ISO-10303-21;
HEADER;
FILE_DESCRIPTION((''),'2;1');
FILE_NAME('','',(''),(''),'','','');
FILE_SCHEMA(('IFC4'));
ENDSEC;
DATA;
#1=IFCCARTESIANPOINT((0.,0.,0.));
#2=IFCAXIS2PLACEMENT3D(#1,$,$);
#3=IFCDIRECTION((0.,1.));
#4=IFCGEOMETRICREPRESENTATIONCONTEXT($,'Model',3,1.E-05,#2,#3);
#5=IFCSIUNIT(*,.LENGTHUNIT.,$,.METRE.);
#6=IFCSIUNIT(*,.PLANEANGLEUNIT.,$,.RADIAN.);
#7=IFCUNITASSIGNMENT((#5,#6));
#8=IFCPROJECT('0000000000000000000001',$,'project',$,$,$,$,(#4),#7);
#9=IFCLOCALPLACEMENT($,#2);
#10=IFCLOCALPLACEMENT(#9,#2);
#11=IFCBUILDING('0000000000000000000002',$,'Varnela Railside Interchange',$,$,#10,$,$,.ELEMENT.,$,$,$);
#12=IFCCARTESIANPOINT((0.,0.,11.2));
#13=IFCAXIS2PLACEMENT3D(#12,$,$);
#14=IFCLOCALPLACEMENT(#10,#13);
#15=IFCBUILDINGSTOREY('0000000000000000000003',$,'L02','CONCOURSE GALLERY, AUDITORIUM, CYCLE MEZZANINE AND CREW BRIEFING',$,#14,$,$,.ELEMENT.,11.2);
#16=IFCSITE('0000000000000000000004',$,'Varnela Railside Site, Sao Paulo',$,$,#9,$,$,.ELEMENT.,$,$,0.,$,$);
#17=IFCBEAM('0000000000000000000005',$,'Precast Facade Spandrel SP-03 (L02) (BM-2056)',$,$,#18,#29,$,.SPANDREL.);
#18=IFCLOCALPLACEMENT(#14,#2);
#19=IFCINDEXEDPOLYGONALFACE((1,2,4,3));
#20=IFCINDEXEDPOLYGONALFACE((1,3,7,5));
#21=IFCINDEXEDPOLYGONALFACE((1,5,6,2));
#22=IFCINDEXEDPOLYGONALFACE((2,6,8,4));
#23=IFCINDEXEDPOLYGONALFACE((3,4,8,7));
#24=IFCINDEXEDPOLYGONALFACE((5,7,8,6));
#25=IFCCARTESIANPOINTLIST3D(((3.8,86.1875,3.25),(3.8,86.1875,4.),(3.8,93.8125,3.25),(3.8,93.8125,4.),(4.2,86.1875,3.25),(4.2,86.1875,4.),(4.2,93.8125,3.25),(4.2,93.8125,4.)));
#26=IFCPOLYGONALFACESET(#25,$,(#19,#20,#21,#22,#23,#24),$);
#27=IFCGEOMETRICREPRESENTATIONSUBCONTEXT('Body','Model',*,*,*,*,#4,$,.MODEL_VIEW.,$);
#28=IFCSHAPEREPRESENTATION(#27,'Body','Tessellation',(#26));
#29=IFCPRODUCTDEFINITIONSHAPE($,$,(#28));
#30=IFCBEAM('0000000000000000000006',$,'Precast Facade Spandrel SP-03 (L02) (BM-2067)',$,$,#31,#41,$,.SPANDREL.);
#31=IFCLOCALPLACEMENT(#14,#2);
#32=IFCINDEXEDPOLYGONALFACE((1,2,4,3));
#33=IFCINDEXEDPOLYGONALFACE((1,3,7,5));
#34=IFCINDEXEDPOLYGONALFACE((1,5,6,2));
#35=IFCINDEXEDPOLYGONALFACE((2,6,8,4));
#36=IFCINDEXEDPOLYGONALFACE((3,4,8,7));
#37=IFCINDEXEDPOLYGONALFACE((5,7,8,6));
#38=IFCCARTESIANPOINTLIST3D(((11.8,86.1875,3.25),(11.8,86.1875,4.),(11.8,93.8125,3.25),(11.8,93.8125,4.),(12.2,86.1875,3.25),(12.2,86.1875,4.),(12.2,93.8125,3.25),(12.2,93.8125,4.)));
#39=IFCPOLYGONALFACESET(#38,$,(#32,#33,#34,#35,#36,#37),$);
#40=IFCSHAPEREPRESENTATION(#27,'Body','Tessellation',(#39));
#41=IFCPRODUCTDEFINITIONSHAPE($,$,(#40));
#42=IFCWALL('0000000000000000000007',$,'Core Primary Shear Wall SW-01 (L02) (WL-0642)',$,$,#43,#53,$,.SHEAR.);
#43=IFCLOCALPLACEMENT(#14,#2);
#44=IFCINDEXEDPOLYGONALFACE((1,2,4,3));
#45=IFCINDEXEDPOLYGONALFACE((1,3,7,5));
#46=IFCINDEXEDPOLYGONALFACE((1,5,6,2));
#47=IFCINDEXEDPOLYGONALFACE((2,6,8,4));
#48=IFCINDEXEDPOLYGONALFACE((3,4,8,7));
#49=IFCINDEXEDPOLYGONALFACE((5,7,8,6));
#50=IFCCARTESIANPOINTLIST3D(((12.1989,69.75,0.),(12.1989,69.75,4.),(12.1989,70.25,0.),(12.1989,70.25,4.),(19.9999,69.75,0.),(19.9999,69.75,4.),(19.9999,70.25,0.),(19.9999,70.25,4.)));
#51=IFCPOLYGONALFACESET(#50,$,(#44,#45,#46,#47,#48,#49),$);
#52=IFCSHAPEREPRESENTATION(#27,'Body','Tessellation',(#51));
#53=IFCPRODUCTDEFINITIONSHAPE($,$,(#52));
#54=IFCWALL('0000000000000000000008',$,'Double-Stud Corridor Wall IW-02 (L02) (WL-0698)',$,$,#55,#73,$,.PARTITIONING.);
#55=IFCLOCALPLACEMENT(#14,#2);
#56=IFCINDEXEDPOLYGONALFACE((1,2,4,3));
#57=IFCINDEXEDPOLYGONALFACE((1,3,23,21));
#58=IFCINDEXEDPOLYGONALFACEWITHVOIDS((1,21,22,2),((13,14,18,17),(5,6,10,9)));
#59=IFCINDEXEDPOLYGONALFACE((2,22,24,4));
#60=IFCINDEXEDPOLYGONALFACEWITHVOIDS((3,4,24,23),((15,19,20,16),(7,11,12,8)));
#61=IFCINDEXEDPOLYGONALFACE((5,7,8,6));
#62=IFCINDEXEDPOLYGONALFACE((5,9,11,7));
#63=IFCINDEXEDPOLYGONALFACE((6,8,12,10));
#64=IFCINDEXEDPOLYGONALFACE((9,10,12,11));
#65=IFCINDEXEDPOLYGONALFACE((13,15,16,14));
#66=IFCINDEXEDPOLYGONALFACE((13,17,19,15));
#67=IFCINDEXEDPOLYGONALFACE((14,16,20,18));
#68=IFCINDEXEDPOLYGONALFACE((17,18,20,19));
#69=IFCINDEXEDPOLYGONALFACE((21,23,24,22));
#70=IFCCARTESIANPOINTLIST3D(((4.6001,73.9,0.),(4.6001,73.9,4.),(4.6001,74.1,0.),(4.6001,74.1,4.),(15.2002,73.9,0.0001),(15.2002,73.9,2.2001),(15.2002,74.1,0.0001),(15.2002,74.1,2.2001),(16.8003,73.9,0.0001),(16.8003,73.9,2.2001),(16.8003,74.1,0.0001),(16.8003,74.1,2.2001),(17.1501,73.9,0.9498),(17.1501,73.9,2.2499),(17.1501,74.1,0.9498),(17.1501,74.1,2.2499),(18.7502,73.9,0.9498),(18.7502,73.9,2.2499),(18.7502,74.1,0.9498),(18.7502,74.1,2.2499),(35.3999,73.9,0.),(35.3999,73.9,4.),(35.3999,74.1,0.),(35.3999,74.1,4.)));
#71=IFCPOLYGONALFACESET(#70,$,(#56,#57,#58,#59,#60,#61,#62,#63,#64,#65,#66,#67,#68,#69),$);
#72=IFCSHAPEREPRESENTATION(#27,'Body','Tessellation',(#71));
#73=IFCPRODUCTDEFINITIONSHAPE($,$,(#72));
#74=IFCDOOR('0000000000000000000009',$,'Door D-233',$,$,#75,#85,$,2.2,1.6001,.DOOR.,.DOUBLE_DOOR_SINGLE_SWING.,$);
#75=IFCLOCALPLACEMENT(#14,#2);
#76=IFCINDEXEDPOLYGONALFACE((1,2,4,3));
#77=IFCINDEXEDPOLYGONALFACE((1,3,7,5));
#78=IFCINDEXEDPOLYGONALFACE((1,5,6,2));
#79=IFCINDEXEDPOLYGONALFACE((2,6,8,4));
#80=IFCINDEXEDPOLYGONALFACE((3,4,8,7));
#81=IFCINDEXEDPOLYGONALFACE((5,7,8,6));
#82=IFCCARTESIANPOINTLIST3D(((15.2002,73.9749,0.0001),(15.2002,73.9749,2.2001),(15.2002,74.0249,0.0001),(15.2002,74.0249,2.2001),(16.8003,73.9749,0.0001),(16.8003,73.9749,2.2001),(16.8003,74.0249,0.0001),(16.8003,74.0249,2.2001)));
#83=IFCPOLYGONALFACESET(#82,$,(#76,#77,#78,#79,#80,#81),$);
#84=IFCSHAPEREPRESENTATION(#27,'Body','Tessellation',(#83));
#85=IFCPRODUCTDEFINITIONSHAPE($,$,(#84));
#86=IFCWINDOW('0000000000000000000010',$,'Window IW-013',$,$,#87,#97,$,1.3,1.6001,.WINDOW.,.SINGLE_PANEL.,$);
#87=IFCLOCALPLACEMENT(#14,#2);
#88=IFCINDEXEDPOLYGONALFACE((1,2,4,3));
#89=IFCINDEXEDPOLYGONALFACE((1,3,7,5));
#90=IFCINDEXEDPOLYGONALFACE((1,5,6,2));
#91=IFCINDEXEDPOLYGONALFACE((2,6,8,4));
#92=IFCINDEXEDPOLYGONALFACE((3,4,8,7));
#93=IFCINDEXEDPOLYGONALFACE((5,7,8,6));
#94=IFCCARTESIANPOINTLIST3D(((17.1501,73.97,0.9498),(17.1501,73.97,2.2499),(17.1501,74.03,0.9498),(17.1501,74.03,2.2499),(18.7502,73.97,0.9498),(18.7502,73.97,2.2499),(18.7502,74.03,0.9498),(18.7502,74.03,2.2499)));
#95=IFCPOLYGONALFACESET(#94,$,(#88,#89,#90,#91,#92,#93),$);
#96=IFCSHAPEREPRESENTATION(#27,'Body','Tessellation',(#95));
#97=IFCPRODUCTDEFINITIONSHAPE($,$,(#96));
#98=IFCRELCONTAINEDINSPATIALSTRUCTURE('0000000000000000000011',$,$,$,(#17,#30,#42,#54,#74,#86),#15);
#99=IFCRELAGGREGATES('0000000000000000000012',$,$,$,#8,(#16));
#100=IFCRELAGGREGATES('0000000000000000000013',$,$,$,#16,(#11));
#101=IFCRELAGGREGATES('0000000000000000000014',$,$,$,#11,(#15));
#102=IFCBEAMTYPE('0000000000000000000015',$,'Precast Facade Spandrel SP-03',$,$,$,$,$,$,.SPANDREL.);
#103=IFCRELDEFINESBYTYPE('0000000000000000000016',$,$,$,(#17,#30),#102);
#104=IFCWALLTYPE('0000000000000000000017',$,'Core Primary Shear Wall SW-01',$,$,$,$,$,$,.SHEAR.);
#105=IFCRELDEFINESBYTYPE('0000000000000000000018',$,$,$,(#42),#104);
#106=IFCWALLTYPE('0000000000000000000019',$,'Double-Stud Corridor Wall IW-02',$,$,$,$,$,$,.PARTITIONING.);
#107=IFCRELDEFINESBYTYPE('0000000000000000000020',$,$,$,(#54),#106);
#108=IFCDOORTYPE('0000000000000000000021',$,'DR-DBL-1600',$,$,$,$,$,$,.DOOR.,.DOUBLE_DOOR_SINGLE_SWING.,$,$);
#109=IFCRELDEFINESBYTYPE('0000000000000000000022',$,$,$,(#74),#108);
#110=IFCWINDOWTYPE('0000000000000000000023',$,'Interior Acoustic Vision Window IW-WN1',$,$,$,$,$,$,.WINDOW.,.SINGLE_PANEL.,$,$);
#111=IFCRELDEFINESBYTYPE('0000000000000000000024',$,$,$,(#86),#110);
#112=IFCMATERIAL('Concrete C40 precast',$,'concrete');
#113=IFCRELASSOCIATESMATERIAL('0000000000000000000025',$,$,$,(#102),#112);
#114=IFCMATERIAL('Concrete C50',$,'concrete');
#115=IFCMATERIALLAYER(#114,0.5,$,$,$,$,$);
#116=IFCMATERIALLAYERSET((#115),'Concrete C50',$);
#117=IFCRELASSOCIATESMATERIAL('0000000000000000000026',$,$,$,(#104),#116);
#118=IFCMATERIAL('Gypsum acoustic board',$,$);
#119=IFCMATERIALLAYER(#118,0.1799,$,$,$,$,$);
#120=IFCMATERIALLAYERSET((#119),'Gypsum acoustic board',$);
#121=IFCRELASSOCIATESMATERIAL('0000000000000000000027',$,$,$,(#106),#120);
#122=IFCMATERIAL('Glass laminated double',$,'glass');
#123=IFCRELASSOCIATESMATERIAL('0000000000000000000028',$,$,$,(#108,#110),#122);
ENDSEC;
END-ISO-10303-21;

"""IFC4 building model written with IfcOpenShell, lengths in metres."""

from ifc_helpers import new_model, si_unit, direction, frame, frame_2d, origin, origin_2d, place, context, subcontext, project, spatial, rectangle, extrude, material, layer, layer_set, material_profile, profile_set, type_object, element, fill, save


model = new_model("IFC4")

# Units and contexts
model_context = context("Model", 3, precision=1e-05, world=origin(), true_north=direction((0.0, 1.0)))
body_context = subcontext(model_context, "Body", "Model", "MODEL_VIEW")
ifc_project = project(units=[si_unit("LENGTHUNIT", "METRE"), si_unit("PLANEANGLEUNIT", "RADIAN")], contexts=[model_context])

# Site, building, storey
site_placement = place(None, origin())
site = spatial("IfcSite", under=ifc_project, at=site_placement, Name="Varnela Railside Site, Sao Paulo", CompositionType="ELEMENT", RefElevation=0.0)
building_placement = place(site_placement, origin())
building = spatial("IfcBuilding", under=site, at=building_placement, Name="Varnela Railside Interchange", CompositionType="ELEMENT")
storey_placement = place(building_placement, frame((0.0, 0.0, 11.2)))
storey = spatial("IfcBuildingStorey", under=building, at=storey_placement, Name="L02", Description="CONCOURSE GALLERY, AUDITORIUM, CYCLE MEZZANINE AND CREW BRIEFING", CompositionType="ELEMENT", Elevation=11.2)

# Beams
ifc_material_1 = material(Name="Concrete C40 precast", Category="concrete")
ifc_material_profile_1 = material_profile(ifc_material_1, rectangle(XDim=0.3999, YDim=0.75, at=origin_2d()), Name="PC 400x750")
ifc_profile_set_1 = profile_set([ifc_material_profile_1], Name="Concrete C40 precast")
beam_type_1 = type_object("IfcBeamType", Name="Precast Facade Spandrel SP-03", PredefinedType="SPANDREL", material=ifc_profile_set_1)
for number, where, z_axis, x_axis, name in (
    (1, (4.0, 86.1875, 3.625), (0.0, 1.0, 0.0), (-1.0, 0.0, 0.0), "Precast Facade Spandrel SP-03 (L02) (BM-2056)"),
    (2, (12.0, 86.1875, 3.625), (0.0, 1.0, 0.0), (-1.0, 0.0, 0.0), "Precast Facade Spandrel SP-03 (L02) (BM-2067)"),
):
    element("IfcBeam", number, at=place(storey_placement, frame(where, z_axis=z_axis, x_axis=x_axis)), inside=storey, type_object=beam_type_1, Name=name, PredefinedType="SPANDREL", context=body_context, shape_type="SweptSolid", body=[
        extrude(rectangle(XDim=0.3999, YDim=0.75, at=origin_2d()), origin(), (0.0, 0.0, 1.0), 7.625),
    ])

# Wall
ifc_material_2 = material(Name="Concrete C50", Category="concrete")
ifc_layer_1 = layer(ifc_material_2, 0.5)
ifc_layer_set_1 = layer_set([ifc_layer_1], Name="Concrete C50")
wall_type_1 = type_object("IfcWallType", Name="Core Primary Shear Wall SW-01", PredefinedType="SHEAR", material=ifc_layer_set_1)
wall_1_placement = place(storey_placement, frame((12.199, 70.0, 0.0), z_axis=(0.0, 0.0, 1.0), x_axis=(1.0, 0.0, 0.0)))
element("IfcWall", 3, at=wall_1_placement, inside=storey, type_object=wall_type_1, Name="Core Primary Shear Wall SW-01 (L02) (WL-0642)", PredefinedType="SHEAR", context=body_context, shape_type="SweptSolid", body=[
    extrude(rectangle(XDim=7.801, YDim=0.5, at=frame_2d((3.9004, 0.0))), origin(), (0.0, 0.0, 1.0), 4.0),
])

# Wall, openings, door, window
ifc_material_3 = material(Name="Gypsum acoustic board")
ifc_layer_2 = layer(ifc_material_3, 0.1799)
ifc_layer_set_2 = layer_set([ifc_layer_2], Name="Gypsum acoustic board")
wall_type_2 = type_object("IfcWallType", Name="Double-Stud Corridor Wall IW-02", PredefinedType="PARTITIONING", material=ifc_layer_set_2)
wall_2_placement = place(storey_placement, frame((4.6001, 74.0, 0.0), z_axis=(0.0, 0.0, 1.0), x_axis=(1.0, 0.0, 0.0)))
wall_2 = element("IfcWall", 4, at=wall_2_placement, inside=storey, type_object=wall_type_2, Name="Double-Stud Corridor Wall IW-02 (L02) (WL-0698)", PredefinedType="PARTITIONING", context=body_context, shape_type="SweptSolid", body=[
    extrude(rectangle(XDim=30.7998, YDim=0.2, at=frame_2d((15.3999, 0.0))), origin(), (0.0, 0.0, 1.0), 4.0),
])
opening_1_placement = place(wall_2_placement, frame((10.6001, 0.0, 0.0)))
opening_1 = element("IfcOpeningElement", 5, at=opening_1_placement, cuts=wall_2, PredefinedType="OPENING", context=body_context, shape_type="SweptSolid", body=[
    extrude(rectangle(XDim=1.6001, YDim=2.2, at=frame_2d((0.8, 1.1001))), frame((0.0, 0.1099, 0.0), z_axis=(0.0, -1.0, 0.0), x_axis=(1.0, 0.0, 0.0)), (0.0, 0.0, 1.0), 0.22),
])
opening_2_placement = place(wall_2_placement, frame((12.55, 0.0, 0.95)))
opening_2 = element("IfcOpeningElement", 6, at=opening_2_placement, cuts=wall_2, PredefinedType="OPENING", context=body_context, shape_type="SweptSolid", body=[
    extrude(rectangle(XDim=1.6001, YDim=1.3, at=frame_2d((0.8, 0.6499))), frame((0.0, 0.1099, 0.0), z_axis=(0.0, -1.0, 0.0), x_axis=(1.0, 0.0, 0.0)), (0.0, 0.0, 1.0), 0.22),
])
ifc_material_4 = material(Name="Glass laminated double", Category="glass")
door_type = type_object("IfcDoorType", Name="DR-DBL-1600", OperationType="DOUBLE_DOOR_SINGLE_SWING", PredefinedType="DOOR", material=ifc_material_4)
door_placement = place(opening_1_placement, origin())
door = element("IfcDoor", 7, at=door_placement, inside=storey, type_object=door_type, Name="Door D-233", OperationType="DOUBLE_DOOR_SINGLE_SWING", OverallHeight=2.2, OverallWidth=1.6001, PredefinedType="DOOR", context=body_context, shape_type="SweptSolid", body=[
    extrude(rectangle(XDim=1.6001, YDim=2.2, at=frame_2d((0.8, 1.1001))), frame((0.0, 0.0249, 0.0), z_axis=(0.0, -1.0, 0.0), x_axis=(1.0, 0.0, 0.0)), (0.0, 0.0, 1.0), 0.05),
])
fill(opening_1, door)
window_type = type_object("IfcWindowType", Name="Interior Acoustic Vision Window IW-WN1", PartitioningType="SINGLE_PANEL", PredefinedType="WINDOW", material=ifc_material_4)
window_placement = place(opening_2_placement, origin())
window = element("IfcWindow", 8, at=window_placement, inside=storey, type_object=window_type, Name="Window IW-013", OverallHeight=1.3, OverallWidth=1.6001, PartitioningType="SINGLE_PANEL", PredefinedType="WINDOW", context=body_context, shape_type="SweptSolid", body=[
    extrude(rectangle(XDim=1.6001, YDim=1.3, at=frame_2d((0.8, 0.6499))), frame((0.0, 0.03, 0.0), z_axis=(0.0, -1.0, 0.0), x_axis=(1.0, 0.0, 0.0)), (0.0, 0.0, 1.0), 0.0601),
])
fill(opening_2, window)

save(model, "model.ifc")
